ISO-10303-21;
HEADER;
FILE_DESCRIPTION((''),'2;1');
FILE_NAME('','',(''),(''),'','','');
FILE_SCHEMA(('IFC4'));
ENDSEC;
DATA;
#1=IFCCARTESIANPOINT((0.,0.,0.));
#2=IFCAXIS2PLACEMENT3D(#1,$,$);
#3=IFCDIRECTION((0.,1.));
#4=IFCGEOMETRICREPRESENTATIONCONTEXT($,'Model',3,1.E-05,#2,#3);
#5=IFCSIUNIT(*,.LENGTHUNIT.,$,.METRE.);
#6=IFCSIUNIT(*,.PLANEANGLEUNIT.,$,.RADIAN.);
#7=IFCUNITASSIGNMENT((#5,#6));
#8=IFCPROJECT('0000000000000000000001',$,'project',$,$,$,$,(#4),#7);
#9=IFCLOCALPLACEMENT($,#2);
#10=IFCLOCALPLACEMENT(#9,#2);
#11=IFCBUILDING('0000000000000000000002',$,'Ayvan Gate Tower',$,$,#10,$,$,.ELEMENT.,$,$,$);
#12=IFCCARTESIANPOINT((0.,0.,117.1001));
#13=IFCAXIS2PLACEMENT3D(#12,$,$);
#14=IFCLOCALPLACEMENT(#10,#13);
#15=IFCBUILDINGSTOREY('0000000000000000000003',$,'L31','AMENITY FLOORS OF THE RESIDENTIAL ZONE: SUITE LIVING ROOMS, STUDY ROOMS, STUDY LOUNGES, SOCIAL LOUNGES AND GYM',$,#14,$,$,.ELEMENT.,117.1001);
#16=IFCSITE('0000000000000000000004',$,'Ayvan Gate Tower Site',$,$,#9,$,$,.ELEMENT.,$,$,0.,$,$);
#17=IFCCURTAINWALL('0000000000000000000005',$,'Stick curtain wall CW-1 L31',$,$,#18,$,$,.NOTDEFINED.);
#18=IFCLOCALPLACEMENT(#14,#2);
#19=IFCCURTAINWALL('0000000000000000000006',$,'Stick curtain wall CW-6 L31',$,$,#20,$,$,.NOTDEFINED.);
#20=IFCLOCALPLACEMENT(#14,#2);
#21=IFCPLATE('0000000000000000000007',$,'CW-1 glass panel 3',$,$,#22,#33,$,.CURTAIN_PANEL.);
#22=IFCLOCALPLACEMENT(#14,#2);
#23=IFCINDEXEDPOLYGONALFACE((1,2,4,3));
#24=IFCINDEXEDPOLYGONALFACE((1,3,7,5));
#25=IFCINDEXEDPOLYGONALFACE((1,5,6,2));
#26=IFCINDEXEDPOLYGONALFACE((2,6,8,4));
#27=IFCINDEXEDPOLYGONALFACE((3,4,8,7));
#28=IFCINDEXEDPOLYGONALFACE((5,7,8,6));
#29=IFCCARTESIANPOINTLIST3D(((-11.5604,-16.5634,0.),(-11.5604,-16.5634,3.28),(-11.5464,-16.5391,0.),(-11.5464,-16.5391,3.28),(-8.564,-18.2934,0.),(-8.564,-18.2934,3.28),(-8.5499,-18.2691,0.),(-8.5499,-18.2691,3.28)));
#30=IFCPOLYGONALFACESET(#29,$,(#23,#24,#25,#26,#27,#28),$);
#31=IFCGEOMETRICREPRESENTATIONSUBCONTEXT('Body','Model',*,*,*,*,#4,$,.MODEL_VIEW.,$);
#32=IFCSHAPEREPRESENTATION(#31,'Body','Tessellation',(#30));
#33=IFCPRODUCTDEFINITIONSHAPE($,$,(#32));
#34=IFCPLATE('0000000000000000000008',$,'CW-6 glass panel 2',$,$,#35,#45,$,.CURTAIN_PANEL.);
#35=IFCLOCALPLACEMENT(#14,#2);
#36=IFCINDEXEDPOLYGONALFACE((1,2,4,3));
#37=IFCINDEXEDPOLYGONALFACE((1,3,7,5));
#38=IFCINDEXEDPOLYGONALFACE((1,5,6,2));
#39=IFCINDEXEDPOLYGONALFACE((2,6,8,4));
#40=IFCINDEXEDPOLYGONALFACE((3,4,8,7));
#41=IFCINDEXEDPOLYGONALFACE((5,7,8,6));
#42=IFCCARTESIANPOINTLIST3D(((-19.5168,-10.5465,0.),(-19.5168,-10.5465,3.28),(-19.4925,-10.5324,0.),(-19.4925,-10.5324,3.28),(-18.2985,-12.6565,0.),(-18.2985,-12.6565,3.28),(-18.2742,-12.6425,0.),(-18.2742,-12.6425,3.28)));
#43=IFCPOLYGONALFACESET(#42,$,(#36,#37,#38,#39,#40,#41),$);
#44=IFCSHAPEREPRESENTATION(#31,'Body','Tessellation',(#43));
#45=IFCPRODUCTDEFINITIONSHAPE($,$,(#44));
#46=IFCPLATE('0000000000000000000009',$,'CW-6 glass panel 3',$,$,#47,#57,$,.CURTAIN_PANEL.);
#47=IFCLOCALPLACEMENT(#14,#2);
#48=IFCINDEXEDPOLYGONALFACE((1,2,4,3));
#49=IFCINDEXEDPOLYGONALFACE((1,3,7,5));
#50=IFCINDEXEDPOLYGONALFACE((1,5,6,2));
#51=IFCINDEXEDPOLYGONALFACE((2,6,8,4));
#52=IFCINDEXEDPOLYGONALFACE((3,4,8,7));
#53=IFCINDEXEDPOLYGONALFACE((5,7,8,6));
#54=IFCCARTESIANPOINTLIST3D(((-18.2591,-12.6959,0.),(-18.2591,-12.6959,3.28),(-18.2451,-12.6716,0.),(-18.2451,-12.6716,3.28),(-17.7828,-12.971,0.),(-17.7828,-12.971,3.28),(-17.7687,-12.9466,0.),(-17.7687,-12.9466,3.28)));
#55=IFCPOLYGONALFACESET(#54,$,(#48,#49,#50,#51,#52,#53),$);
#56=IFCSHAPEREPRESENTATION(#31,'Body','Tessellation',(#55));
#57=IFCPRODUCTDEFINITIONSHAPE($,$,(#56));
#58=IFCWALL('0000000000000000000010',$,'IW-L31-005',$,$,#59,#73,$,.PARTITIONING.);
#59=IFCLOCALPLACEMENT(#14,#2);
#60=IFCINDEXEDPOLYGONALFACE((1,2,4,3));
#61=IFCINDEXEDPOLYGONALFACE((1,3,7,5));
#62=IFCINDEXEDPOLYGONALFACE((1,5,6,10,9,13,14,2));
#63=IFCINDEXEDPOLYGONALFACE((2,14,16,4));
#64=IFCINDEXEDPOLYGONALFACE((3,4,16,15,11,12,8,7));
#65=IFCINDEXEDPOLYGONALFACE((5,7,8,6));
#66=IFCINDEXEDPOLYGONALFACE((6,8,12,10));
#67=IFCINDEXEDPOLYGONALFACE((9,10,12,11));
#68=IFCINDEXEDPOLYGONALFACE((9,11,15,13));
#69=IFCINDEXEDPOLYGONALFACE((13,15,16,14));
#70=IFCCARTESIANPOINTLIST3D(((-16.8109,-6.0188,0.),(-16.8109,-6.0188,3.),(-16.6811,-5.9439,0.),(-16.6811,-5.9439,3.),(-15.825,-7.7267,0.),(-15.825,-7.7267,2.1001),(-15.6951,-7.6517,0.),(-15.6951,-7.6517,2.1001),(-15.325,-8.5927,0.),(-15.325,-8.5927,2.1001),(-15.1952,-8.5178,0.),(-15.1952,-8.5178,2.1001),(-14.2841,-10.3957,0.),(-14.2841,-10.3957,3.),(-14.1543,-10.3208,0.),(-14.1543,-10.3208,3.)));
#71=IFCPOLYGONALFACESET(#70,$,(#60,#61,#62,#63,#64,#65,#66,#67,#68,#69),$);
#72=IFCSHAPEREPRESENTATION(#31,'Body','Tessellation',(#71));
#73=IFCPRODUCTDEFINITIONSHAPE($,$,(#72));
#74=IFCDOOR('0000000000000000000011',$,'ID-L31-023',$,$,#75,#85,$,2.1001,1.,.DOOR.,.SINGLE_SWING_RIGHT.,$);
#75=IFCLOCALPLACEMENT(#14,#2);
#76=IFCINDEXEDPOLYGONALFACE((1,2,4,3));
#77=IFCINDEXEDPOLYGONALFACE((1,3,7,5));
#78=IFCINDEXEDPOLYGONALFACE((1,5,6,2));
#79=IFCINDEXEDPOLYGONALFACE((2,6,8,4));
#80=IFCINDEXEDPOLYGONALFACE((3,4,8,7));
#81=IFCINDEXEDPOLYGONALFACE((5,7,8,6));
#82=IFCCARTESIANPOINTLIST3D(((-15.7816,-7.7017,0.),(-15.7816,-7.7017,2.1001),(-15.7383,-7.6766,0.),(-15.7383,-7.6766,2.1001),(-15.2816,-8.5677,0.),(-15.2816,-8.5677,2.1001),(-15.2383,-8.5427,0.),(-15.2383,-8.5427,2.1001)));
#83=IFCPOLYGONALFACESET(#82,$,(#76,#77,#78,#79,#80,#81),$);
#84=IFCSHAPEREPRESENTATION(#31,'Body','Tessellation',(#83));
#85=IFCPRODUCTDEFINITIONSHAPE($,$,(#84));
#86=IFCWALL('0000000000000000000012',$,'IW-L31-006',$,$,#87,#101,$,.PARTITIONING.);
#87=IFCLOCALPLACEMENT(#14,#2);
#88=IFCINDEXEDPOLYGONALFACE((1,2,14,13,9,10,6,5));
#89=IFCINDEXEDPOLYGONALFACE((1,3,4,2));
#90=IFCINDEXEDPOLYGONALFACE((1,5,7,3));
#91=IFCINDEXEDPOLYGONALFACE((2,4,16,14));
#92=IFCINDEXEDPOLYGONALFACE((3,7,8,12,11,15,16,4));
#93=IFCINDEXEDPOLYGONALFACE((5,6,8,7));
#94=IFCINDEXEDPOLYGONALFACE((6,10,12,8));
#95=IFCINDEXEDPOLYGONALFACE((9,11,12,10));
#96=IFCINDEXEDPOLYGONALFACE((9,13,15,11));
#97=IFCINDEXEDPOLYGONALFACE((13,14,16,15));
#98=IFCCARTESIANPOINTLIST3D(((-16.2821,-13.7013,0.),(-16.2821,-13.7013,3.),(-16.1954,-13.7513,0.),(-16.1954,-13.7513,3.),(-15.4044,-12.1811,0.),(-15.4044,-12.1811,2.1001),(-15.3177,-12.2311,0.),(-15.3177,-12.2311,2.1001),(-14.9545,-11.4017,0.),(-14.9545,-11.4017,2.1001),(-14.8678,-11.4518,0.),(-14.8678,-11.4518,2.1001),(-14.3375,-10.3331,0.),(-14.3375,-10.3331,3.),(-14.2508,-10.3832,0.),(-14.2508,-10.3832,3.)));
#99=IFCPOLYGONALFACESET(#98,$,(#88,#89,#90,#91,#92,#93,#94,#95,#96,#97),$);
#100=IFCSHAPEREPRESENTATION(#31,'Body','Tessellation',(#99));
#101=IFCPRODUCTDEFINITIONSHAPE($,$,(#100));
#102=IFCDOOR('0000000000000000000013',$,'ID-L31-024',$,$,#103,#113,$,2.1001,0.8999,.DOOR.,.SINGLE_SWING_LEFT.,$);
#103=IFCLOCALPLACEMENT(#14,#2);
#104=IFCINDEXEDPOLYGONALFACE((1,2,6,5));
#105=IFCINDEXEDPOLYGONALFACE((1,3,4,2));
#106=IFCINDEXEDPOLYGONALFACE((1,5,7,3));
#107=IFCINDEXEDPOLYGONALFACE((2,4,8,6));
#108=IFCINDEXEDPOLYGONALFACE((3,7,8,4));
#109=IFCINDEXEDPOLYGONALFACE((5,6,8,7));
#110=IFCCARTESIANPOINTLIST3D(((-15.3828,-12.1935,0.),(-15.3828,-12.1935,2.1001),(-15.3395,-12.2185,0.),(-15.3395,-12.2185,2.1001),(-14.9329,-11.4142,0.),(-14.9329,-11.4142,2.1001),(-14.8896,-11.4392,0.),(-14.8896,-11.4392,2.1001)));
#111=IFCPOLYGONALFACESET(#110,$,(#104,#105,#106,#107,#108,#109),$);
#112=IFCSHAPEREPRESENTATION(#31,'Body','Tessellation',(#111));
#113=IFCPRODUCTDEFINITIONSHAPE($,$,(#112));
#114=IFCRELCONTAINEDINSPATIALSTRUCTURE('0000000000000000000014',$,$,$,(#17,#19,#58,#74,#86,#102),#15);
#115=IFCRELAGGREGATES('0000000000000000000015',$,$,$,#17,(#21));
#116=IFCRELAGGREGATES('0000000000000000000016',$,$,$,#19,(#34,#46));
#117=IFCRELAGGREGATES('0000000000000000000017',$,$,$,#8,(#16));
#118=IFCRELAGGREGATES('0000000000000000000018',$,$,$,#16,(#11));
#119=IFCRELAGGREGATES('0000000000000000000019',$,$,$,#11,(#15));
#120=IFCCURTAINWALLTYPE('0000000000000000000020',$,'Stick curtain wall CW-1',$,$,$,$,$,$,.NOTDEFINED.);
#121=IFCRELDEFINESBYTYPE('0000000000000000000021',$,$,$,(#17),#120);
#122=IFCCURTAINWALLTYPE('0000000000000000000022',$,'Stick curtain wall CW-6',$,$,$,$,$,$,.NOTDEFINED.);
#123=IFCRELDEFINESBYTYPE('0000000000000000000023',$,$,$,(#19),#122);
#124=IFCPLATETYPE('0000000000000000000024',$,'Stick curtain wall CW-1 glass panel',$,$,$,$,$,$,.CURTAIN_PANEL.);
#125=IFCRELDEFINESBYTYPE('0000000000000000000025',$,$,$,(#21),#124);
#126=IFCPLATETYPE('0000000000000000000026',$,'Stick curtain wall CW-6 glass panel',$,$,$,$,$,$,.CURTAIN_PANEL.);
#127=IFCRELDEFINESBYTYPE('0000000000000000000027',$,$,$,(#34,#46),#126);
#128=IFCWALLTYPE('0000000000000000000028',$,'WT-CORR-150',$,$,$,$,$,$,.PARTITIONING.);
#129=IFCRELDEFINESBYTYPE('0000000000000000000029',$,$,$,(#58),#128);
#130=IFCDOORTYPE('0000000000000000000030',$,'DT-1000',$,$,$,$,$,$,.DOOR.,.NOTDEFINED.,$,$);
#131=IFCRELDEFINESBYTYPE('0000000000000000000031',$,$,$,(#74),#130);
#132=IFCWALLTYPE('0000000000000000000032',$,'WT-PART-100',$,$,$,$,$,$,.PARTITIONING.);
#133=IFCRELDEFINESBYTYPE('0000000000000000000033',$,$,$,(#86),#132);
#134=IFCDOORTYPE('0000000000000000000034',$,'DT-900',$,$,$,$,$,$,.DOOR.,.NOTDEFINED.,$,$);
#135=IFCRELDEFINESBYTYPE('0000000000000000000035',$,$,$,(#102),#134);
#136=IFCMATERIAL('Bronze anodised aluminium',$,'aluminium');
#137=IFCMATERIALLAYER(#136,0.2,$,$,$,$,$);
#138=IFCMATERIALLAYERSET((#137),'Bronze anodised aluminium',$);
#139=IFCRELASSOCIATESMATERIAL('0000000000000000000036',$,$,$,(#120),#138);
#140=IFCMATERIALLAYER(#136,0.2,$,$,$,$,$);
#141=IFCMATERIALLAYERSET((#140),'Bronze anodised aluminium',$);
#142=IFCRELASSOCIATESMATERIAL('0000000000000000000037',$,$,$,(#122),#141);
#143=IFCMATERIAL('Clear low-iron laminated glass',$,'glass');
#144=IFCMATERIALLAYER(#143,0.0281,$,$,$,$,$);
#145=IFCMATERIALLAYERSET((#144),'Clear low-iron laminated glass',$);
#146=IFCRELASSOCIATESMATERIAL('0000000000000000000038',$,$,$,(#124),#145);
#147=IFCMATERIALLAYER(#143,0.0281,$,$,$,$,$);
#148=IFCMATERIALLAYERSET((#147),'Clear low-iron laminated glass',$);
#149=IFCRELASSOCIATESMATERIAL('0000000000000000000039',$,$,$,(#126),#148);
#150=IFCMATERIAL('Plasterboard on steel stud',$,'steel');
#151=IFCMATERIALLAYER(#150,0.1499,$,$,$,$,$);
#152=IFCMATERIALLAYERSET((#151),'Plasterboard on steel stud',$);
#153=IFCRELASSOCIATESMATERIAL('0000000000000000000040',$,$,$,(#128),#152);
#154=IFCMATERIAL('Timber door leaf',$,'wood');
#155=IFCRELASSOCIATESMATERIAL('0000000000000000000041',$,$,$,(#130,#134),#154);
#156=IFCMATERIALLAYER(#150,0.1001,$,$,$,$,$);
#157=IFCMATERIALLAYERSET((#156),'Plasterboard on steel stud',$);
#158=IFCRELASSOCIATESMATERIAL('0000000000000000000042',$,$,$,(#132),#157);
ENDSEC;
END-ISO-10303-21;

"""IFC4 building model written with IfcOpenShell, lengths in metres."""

from ifc_helpers import new_model, si_unit, direction, frame, frame_2d, origin, origin_2d, place, context, subcontext, project, spatial, rectangle, extrude, material, layer, layer_set, type_object, element, fill, aggregate, save


model = new_model("IFC4")

# Units and contexts
model_context = context("Model", 3, precision=1e-05, world=origin(), true_north=direction((0.0, 1.0)))
body_context = subcontext(model_context, "Body", "Model", "MODEL_VIEW")
ifc_project = project(units=[si_unit("LENGTHUNIT", "METRE"), si_unit("PLANEANGLEUNIT", "RADIAN")], contexts=[model_context])

# Site, building, storey
site_placement = place(None, origin())
site = spatial("IfcSite", under=ifc_project, at=site_placement, Name="Ayvan Gate Tower Site", CompositionType="ELEMENT", RefElevation=0.0)
building_placement = place(site_placement, origin())
building = spatial("IfcBuilding", under=site, at=building_placement, Name="Ayvan Gate Tower", CompositionType="ELEMENT")
storey_placement = place(building_placement, frame((0.0, 0.0, 117.1001)))
storey = spatial("IfcBuildingStorey", under=building, at=storey_placement, Name="L31", Description="AMENITY FLOORS OF THE RESIDENTIAL ZONE: SUITE LIVING ROOMS, STUDY ROOMS, STUDY LOUNGES, SOCIAL LOUNGES AND GYM", CompositionType="ELEMENT", Elevation=117.1001)

# Curtain walls
ifc_material_1 = material(Name="Bronze anodised aluminium", Category="aluminium")
ifc_layer_1 = layer(ifc_material_1, 0.2)
ifc_layer_set_1 = layer_set([ifc_layer_1], Name="Bronze anodised aluminium")
curtain_wall_type_1 = type_object("IfcCurtainWallType", Name="Stick curtain wall CW-1", PredefinedType="NOTDEFINED", material=ifc_layer_set_1)
curtain_wall_1_placement = place(storey_placement, origin())
curtain_wall_1 = element("IfcCurtainWall", 1, at=curtain_wall_1_placement, inside=storey, type_object=curtain_wall_type_1, Name="Stick curtain wall CW-1 L31", PredefinedType="NOTDEFINED")
ifc_layer_2 = layer(ifc_material_1, 0.2)
ifc_layer_set_2 = layer_set([ifc_layer_2], Name="Bronze anodised aluminium")
curtain_wall_type_2 = type_object("IfcCurtainWallType", Name="Stick curtain wall CW-6", PredefinedType="NOTDEFINED", material=ifc_layer_set_2)
curtain_wall_2_placement = place(storey_placement, origin())
curtain_wall_2 = element("IfcCurtainWall", 2, at=curtain_wall_2_placement, inside=storey, type_object=curtain_wall_type_2, Name="Stick curtain wall CW-6 L31", PredefinedType="NOTDEFINED")

# Plates
ifc_material_2 = material(Name="Clear low-iron laminated glass", Category="glass")
ifc_layer_3 = layer(ifc_material_2, 0.0281)
ifc_layer_set_3 = layer_set([ifc_layer_3], Name="Clear low-iron laminated glass")
plate_type_1 = type_object("IfcPlateType", Name="Stick curtain wall CW-1 glass panel", PredefinedType="CURTAIN_PANEL", material=ifc_layer_set_3)
plate_1_placement = place(storey_placement, frame((-10.0552, -17.4163, 0.0), z_axis=(0.0, 0.0, 1.0), x_axis=(0.866025, -0.5, 0.0)))
plate_1 = element("IfcPlate", 3, at=plate_1_placement, type_object=plate_type_1, Name="CW-1 glass panel 3", PredefinedType="CURTAIN_PANEL", context=body_context, shape_type="SweptSolid", body=[
    extrude(rectangle(XDim=3.46, YDim=0.0281, at=origin_2d()), origin(), (0.0, 0.0, 1.0), 3.28),
])
aggregate(curtain_wall_1, [plate_1])
ifc_layer_4 = layer(ifc_material_2, 0.0281)
ifc_layer_set_4 = layer_set([ifc_layer_4], Name="Clear low-iron laminated glass")
plate_type_2 = type_object("IfcPlateType", Name="Stick curtain wall CW-6 glass panel", PredefinedType="CURTAIN_PANEL", material=ifc_layer_set_4)
plate_2_placement = place(storey_placement, frame((-18.8955, -11.5945, 0.0), z_axis=(0.0, 0.0, 1.0), x_axis=(0.5, -0.866025, 0.0)))
plate_2 = element("IfcPlate", 4, at=plate_2_placement, type_object=plate_type_2, Name="CW-6 glass panel 2", PredefinedType="CURTAIN_PANEL", context=body_context, shape_type="SweptSolid", body=[
    extrude(rectangle(XDim=2.4365, YDim=0.0281, at=origin_2d()), origin(), (0.0, 0.0, 1.0), 3.28),
])
plate_3_placement = place(storey_placement, frame((-18.0139, -12.8213, 0.0), z_axis=(0.0, 0.0, 1.0), x_axis=(0.866025, -0.5, 0.0)))
plate_3 = element("IfcPlate", 5, at=plate_3_placement, type_object=plate_type_2, Name="CW-6 glass panel 3", PredefinedType="CURTAIN_PANEL", context=body_context, shape_type="SweptSolid", body=[
    extrude(rectangle(XDim=0.55, YDim=0.0281, at=origin_2d()), origin(), (0.0, 0.0, 1.0), 3.28),
])
aggregate(curtain_wall_2, [plate_2, plate_3])

# Walls, openings, doors
ifc_material_3 = material(Name="Plasterboard on steel stud", Category="steel")
ifc_layer_5 = layer(ifc_material_3, 0.1499)
ifc_layer_set_5 = layer_set([ifc_layer_5], Name="Plasterboard on steel stud")
wall_type_1 = type_object("IfcWallType", Name="WT-CORR-150", PredefinedType="PARTITIONING", material=ifc_layer_set_5)
wall_1_placement = place(storey_placement, frame((-14.2192, -10.3582, 0.0), z_axis=(0.0, 0.0, 1.0), x_axis=(-0.499973, 0.866041, 0.0)))
wall_1 = element("IfcWall", 6, at=wall_1_placement, inside=storey, type_object=wall_type_1, Name="IW-L31-005", PredefinedType="PARTITIONING", context=body_context, shape_type="SweptSolid", body=[
    extrude(rectangle(XDim=5.054, YDim=0.1499, at=frame_2d((2.5269, 0.0))), origin(), (0.0, 0.0, 1.0), 3.0),
])
opening_1_placement = place(wall_1_placement, frame((2.0818, 0.0, 0.0)))
opening_1 = element("IfcOpeningElement", 7, at=opening_1_placement, cuts=wall_1, PredefinedType="OPENING", context=body_context, shape_type="SweptSolid", body=[
    extrude(rectangle(XDim=1.0, YDim=2.1001, at=frame_2d((0.5, 1.05))), frame((0.0, 0.085, 0.0), z_axis=(0.0, -1.0, 0.0), x_axis=(1.0, 0.0, 0.0)), (0.0, 0.0, 1.0), 0.1699),
])
ifc_material_4 = material(Name="Timber door leaf", Category="wood")
door_type_1 = type_object("IfcDoorType", Name="DT-1000", OperationType="NOTDEFINED", PredefinedType="DOOR", material=ifc_material_4)
door_1_placement = place(opening_1_placement, origin())
door_1 = element("IfcDoor", 8, at=door_1_placement, inside=storey, type_object=door_type_1, Name="ID-L31-023", OperationType="SINGLE_SWING_RIGHT", OverallHeight=2.1001, OverallWidth=1.0, PredefinedType="DOOR", context=body_context, shape_type="SweptSolid", body=[
    extrude(rectangle(XDim=1.0, YDim=2.1001, at=frame_2d((0.5, 1.05))), frame((0.0, 0.0249, 0.0), z_axis=(0.0, -1.0, 0.0), x_axis=(1.0, 0.0, 0.0)), (0.0, 0.0, 1.0), 0.05),
])
fill(opening_1, door_1)
ifc_layer_6 = layer(ifc_material_3, 0.1001)
ifc_layer_set_6 = layer_set([ifc_layer_6], Name="Plasterboard on steel stud")
wall_type_2 = type_object("IfcWallType", Name="WT-PART-100", PredefinedType="PARTITIONING", material=ifc_layer_set_6)
wall_2_placement = place(storey_placement, frame((-14.2942, -10.3582, 0.0), z_axis=(0.0, 0.0, 1.0), x_axis=(-0.499994, -0.866029, 0.0)))
wall_2 = element("IfcWall", 9, at=wall_2_placement, inside=storey, type_object=wall_type_2, Name="IW-L31-006", PredefinedType="PARTITIONING", context=body_context, shape_type="SweptSolid", body=[
    extrude(rectangle(XDim=3.8892, YDim=0.1001, at=frame_2d((1.9446, 0.0))), origin(), (0.0, 0.0, 1.0), 3.0),
])
opening_2_placement = place(wall_2_placement, frame((1.2339, 0.0, 0.0)))
opening_2 = element("IfcOpeningElement", 10, at=opening_2_placement, cuts=wall_2, PredefinedType="OPENING", context=body_context, shape_type="SweptSolid", body=[
    extrude(rectangle(XDim=0.8999, YDim=2.1001, at=frame_2d((0.45, 1.05))), frame((0.0, 0.0601, 0.0), z_axis=(0.0, -1.0, 0.0), x_axis=(1.0, 0.0, 0.0)), (0.0, 0.0, 1.0), 0.1201),
])
door_type_2 = type_object("IfcDoorType", Name="DT-900", OperationType="NOTDEFINED", PredefinedType="DOOR", material=ifc_material_4)
door_2_placement = place(opening_2_placement, origin())
door_2 = element("IfcDoor", 11, at=door_2_placement, inside=storey, type_object=door_type_2, Name="ID-L31-024", OperationType="SINGLE_SWING_LEFT", OverallHeight=2.1001, OverallWidth=0.8999, PredefinedType="DOOR", context=body_context, shape_type="SweptSolid", body=[
    extrude(rectangle(XDim=0.8999, YDim=2.1001, at=frame_2d((0.45, 1.05))), frame((0.0, 0.0249, 0.0), z_axis=(0.0, -1.0, 0.0), x_axis=(1.0, 0.0, 0.0)), (0.0, 0.0, 1.0), 0.05),
])
fill(opening_2, door_2)

save(model, "model.ifc")
